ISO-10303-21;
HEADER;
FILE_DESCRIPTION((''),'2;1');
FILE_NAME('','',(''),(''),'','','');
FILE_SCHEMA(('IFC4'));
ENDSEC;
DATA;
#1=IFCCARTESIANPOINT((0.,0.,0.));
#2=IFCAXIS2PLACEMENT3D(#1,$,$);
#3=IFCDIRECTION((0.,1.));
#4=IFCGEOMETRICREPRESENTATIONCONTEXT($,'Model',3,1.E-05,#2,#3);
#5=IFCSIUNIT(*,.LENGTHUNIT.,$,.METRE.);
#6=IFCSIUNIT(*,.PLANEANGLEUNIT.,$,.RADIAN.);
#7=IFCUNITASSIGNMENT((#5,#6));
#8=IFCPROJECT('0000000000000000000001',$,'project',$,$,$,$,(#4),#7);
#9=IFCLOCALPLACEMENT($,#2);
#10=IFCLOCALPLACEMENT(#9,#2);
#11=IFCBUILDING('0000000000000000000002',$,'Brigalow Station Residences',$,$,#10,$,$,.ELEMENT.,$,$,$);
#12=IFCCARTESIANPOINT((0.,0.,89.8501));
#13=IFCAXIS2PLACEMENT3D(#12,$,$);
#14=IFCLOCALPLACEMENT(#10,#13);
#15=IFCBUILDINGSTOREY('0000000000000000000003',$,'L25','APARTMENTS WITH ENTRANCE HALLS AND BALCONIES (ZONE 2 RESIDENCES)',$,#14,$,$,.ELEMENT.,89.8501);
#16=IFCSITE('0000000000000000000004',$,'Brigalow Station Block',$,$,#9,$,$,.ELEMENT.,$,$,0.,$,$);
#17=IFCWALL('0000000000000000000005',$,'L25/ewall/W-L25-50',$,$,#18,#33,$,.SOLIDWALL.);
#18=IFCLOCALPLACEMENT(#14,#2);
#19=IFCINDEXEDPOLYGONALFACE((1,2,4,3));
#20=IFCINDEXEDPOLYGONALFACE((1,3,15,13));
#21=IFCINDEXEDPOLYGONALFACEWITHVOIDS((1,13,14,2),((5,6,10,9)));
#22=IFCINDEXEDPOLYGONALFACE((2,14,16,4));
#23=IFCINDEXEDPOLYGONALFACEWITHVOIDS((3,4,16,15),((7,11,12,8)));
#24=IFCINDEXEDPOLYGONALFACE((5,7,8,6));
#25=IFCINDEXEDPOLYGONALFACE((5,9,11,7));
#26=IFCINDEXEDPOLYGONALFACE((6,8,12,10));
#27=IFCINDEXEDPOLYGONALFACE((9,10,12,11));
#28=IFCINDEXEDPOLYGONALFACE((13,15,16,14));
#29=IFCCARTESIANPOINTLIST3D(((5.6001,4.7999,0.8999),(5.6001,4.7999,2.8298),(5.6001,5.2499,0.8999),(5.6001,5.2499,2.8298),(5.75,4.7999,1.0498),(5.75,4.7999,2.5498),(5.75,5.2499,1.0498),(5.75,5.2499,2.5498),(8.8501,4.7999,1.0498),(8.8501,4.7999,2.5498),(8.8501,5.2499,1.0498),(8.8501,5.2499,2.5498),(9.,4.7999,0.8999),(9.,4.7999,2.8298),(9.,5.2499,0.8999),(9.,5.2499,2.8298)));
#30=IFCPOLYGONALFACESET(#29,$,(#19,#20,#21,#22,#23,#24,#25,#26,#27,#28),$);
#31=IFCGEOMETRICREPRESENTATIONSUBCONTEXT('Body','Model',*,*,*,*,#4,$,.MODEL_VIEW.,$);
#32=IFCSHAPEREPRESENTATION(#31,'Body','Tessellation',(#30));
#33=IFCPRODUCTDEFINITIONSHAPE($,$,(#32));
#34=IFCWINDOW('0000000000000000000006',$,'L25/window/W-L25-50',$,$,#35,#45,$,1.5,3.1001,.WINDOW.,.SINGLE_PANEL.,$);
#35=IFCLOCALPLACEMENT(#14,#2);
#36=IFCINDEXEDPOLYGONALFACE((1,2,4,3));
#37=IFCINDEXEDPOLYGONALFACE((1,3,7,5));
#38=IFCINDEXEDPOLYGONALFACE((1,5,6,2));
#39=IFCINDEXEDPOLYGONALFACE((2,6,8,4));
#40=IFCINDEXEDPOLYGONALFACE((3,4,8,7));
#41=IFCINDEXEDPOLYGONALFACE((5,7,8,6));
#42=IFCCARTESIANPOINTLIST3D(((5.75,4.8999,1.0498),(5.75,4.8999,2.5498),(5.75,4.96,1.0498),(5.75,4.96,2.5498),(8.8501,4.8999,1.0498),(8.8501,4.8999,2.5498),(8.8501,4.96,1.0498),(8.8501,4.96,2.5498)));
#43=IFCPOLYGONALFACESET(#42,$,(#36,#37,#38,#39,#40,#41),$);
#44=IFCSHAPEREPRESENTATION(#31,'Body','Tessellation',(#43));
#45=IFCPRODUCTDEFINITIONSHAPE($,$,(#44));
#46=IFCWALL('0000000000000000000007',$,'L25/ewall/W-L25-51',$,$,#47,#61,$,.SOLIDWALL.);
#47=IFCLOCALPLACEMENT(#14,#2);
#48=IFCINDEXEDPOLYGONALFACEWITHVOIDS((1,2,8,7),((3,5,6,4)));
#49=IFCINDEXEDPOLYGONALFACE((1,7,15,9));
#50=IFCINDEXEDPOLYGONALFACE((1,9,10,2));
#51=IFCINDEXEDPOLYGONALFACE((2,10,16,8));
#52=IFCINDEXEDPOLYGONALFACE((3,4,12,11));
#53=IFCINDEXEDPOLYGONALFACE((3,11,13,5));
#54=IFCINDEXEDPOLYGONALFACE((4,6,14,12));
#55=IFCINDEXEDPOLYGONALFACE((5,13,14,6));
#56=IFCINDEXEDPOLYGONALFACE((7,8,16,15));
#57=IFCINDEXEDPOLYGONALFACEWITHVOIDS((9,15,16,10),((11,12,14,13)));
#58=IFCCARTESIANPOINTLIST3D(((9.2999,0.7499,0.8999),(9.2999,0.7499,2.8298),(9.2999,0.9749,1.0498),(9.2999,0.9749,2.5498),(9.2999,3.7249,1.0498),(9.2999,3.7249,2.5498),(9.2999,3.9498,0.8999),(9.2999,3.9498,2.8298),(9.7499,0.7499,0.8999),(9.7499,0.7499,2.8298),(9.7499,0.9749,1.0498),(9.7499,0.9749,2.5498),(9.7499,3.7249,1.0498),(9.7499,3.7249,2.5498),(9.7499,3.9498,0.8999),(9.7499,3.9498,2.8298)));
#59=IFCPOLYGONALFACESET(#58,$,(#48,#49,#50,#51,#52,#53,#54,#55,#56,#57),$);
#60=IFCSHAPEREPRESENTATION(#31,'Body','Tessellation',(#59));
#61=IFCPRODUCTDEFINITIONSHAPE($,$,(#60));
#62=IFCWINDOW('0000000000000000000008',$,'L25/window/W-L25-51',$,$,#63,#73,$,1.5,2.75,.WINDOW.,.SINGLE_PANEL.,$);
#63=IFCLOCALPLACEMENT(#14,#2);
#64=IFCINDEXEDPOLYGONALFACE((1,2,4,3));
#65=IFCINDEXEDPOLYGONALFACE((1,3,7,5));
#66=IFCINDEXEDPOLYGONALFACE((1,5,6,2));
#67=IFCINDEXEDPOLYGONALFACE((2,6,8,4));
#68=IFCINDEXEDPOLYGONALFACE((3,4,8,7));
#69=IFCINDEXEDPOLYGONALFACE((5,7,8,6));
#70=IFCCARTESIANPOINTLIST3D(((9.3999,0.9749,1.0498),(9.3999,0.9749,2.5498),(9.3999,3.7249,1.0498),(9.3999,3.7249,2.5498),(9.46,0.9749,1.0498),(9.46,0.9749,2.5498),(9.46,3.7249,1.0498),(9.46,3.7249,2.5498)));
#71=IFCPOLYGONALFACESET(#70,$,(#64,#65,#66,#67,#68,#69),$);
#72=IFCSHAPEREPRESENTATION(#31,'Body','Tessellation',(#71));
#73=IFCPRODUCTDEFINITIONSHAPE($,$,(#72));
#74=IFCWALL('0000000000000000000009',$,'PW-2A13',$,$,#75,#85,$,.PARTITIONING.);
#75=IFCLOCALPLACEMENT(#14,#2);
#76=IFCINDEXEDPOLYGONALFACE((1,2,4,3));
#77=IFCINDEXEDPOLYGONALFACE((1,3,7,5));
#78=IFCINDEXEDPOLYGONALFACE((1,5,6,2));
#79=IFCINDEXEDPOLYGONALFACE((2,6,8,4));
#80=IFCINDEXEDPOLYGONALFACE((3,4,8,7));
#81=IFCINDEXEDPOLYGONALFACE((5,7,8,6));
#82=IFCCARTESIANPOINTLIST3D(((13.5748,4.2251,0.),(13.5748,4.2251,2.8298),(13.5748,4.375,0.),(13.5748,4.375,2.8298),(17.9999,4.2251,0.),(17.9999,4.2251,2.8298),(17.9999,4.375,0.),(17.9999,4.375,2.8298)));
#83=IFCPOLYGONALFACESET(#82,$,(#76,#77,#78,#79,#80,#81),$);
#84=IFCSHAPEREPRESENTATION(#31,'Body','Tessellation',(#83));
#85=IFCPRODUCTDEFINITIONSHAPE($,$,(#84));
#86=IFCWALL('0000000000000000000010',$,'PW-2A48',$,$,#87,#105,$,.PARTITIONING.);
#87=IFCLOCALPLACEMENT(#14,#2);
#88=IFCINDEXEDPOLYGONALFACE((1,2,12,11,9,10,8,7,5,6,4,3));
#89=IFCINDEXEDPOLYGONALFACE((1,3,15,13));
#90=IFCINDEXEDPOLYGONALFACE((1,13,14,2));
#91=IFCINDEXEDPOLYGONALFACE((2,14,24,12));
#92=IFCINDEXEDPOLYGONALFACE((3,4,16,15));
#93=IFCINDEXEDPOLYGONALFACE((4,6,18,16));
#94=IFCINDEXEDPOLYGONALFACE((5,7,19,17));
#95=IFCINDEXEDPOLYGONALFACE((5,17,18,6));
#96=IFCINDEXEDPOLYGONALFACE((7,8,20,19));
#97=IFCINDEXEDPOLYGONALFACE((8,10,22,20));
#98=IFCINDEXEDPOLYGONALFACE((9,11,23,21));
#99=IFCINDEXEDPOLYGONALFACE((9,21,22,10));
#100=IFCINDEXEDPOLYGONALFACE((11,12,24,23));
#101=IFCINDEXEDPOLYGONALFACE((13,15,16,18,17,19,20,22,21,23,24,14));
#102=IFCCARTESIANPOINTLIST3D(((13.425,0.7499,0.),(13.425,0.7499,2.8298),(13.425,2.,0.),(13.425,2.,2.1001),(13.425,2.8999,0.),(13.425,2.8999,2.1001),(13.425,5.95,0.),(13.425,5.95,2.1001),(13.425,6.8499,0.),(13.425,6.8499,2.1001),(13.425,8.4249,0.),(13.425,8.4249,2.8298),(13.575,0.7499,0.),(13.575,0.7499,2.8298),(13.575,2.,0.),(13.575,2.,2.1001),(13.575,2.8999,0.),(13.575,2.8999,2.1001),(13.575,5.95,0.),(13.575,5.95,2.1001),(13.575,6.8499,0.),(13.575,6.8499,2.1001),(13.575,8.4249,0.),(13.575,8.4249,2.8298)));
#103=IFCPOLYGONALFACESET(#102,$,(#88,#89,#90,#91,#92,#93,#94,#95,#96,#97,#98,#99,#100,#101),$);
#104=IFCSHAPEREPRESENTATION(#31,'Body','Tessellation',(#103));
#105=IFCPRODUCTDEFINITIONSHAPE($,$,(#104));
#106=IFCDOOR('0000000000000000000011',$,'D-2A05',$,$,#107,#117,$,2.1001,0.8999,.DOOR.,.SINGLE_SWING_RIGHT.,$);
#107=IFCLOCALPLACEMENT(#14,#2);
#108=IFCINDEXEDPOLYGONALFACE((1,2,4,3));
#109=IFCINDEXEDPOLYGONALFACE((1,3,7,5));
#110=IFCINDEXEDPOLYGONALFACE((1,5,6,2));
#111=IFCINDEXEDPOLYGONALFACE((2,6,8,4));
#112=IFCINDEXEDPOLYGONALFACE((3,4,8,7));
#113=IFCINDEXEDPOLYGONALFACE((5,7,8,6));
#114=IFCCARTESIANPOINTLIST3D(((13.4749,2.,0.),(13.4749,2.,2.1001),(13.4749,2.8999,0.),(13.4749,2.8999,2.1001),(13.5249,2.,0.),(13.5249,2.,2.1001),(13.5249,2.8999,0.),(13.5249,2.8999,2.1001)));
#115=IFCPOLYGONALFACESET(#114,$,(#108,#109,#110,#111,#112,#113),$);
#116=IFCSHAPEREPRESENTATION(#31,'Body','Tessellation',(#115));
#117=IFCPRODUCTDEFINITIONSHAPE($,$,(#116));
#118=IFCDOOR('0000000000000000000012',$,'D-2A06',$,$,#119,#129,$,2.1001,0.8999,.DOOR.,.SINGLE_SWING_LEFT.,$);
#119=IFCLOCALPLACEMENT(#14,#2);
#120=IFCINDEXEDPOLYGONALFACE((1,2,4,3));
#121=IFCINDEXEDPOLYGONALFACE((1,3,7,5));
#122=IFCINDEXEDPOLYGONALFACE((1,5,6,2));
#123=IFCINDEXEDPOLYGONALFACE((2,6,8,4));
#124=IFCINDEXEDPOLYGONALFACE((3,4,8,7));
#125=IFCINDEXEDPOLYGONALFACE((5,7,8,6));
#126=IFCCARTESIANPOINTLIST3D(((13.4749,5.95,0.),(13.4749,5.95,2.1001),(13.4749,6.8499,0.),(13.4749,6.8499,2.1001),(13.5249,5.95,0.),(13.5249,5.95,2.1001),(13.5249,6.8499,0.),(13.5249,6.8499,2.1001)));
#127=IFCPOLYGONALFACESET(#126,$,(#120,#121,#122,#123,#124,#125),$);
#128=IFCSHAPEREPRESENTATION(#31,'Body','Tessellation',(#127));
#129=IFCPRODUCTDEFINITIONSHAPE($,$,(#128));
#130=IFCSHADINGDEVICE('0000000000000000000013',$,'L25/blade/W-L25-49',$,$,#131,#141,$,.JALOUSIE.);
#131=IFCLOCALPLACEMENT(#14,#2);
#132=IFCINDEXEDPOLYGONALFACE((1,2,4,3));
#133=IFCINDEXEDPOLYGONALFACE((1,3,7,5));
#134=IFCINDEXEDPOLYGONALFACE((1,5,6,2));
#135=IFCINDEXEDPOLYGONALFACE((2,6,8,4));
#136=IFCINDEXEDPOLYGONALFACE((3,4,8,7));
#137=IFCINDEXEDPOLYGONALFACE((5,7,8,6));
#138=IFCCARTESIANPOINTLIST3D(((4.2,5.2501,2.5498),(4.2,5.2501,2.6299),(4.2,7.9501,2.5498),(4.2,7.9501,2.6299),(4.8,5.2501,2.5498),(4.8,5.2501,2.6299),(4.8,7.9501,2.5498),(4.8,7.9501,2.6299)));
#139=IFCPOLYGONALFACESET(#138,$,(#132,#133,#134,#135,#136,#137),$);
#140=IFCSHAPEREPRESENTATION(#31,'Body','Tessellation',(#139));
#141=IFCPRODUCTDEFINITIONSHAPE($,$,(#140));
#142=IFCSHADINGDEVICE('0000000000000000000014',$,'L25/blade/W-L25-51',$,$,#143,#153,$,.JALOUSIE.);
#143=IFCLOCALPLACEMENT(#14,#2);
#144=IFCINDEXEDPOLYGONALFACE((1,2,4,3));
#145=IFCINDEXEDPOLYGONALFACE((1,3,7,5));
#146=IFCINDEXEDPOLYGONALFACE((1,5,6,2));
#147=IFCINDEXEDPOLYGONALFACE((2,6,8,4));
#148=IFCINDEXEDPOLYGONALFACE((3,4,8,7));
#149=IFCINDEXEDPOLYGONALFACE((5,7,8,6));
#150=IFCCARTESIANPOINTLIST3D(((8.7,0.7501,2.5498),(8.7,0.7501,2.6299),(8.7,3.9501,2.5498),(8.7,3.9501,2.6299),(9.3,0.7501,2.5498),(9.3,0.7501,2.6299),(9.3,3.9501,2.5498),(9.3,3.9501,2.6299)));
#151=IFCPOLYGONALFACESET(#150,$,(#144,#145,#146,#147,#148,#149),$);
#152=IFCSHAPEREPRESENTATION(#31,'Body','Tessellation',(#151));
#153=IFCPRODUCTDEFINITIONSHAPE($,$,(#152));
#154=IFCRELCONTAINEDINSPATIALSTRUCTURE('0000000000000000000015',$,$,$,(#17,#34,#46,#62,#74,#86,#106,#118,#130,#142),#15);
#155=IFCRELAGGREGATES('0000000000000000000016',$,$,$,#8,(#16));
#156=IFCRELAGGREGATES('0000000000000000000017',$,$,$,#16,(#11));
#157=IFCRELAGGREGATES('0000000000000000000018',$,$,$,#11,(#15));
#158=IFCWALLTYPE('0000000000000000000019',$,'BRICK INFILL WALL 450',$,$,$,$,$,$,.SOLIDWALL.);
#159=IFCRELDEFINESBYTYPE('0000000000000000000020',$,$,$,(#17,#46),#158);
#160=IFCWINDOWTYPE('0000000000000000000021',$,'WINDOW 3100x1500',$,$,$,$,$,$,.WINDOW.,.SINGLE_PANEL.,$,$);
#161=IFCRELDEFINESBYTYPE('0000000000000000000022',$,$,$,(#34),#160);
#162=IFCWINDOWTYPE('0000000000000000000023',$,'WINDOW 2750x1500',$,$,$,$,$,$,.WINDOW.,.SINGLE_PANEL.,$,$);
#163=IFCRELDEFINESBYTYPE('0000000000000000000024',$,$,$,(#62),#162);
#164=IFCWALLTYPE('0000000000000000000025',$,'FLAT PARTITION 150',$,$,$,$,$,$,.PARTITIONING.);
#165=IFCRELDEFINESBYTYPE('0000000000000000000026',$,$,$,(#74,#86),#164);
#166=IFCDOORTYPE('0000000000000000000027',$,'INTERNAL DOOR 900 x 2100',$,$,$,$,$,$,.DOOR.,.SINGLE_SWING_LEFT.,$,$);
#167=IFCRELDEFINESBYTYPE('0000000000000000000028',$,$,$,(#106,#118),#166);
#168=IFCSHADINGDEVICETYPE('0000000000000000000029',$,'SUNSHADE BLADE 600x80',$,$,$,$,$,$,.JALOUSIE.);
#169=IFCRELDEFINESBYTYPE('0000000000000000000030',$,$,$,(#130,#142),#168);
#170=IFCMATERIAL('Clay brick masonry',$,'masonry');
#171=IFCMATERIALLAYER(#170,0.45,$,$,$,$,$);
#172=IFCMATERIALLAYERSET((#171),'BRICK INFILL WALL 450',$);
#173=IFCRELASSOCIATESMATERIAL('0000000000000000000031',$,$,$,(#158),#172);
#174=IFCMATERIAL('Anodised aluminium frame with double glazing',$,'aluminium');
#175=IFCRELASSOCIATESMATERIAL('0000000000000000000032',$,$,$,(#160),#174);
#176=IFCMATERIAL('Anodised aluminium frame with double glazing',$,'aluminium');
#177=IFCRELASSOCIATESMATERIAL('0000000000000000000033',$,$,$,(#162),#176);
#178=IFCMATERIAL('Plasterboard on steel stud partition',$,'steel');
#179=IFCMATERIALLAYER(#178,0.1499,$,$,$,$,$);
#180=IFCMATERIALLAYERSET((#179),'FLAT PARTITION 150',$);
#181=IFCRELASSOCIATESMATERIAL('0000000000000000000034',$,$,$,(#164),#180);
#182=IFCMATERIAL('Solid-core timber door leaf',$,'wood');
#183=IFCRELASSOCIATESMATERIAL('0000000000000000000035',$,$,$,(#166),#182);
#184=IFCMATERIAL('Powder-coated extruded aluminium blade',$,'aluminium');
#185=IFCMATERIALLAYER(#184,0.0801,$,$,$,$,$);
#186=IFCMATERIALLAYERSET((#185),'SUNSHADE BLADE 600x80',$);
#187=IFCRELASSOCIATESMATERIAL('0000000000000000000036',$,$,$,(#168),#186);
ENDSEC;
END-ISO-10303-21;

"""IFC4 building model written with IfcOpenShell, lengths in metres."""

from ifc_helpers import new_model, si_unit, direction, frame, frame_2d, origin, origin_2d, place, context, subcontext, project, spatial, rectangle, extrude, material, layer, layer_set, type_object, element, fill, save


model = new_model("IFC4")

# Units and contexts
model_context = context("Model", 3, precision=1e-05, world=origin(), true_north=direction((0.0, 1.0)))
body_context = subcontext(model_context, "Body", "Model", "MODEL_VIEW")
ifc_project = project(units=[si_unit("LENGTHUNIT", "METRE"), si_unit("PLANEANGLEUNIT", "RADIAN")], contexts=[model_context])

# Site, building, storey
site_placement = place(None, origin())
site = spatial("IfcSite", under=ifc_project, at=site_placement, Name="Brigalow Station Block", CompositionType="ELEMENT", RefElevation=0.0)
building_placement = place(site_placement, origin())
building = spatial("IfcBuilding", under=site, at=building_placement, Name="Brigalow Station Residences", CompositionType="ELEMENT")
storey_placement = place(building_placement, frame((0.0, 0.0, 89.8501)))
storey = spatial("IfcBuildingStorey", under=building, at=storey_placement, Name="L25", Description="APARTMENTS WITH ENTRANCE HALLS AND BALCONIES (ZONE 2 RESIDENCES)", CompositionType="ELEMENT", Elevation=89.8501)

# Walls, openings, windows
ifc_material_1 = material(Name="Clay brick masonry", Category="masonry")
ifc_layer_1 = layer(ifc_material_1, 0.45)
ifc_layer_set_1 = layer_set([ifc_layer_1], Name="BRICK INFILL WALL 450")
wall_type_1 = type_object("IfcWallType", Name="BRICK INFILL WALL 450", PredefinedType="SOLIDWALL", material=ifc_layer_set_1)
wall_1_placement = place(storey_placement, frame((5.6001, 5.0249, 0.8999), z_axis=(0.0, 0.0, 1.0), x_axis=(1.0, 0.0, 0.0)))
wall_1 = element("IfcWall", 1, at=wall_1_placement, inside=storey, type_object=wall_type_1, Name="L25/ewall/W-L25-50", PredefinedType="SOLIDWALL", context=body_context, shape_type="SweptSolid", body=[
    extrude(rectangle(XDim=3.3999, YDim=0.45, at=frame_2d((1.7, 0.0))), origin(), (0.0, 0.0, 1.0), 1.9299),
])
opening_1_placement = place(wall_1_placement, frame((0.1499, 0.0, 0.1499)))
opening_1 = element("IfcOpeningElement", 2, at=opening_1_placement, cuts=wall_1, PredefinedType="OPENING", context=body_context, shape_type="SweptSolid", body=[
    extrude(rectangle(XDim=3.1001, YDim=1.5, at=frame_2d((1.55, 0.75))), frame((0.0, 0.2349, 0.0), z_axis=(0.0, -1.0, 0.0), x_axis=(1.0, 0.0, 0.0)), (0.0, 0.0, 1.0), 0.47),
])
ifc_material_2 = material(Name="Anodised aluminium frame with double glazing", Category="aluminium")
window_type_1 = type_object("IfcWindowType", Name="WINDOW 3100x1500", PartitioningType="SINGLE_PANEL", PredefinedType="WINDOW", material=ifc_material_2)
window_1_placement = place(opening_1_placement, origin())
window_1 = element("IfcWindow", 3, at=window_1_placement, inside=storey, type_object=window_type_1, Name="L25/window/W-L25-50", OverallHeight=1.5, OverallWidth=3.1001, PartitioningType="SINGLE_PANEL", PredefinedType="WINDOW", context=body_context, shape_type="SweptSolid", body=[
    extrude(rectangle(XDim=3.1001, YDim=1.5, at=frame_2d((1.55, 0.75))), frame((0.0, -0.0649, 0.0), z_axis=(0.0, -1.0, 0.0), x_axis=(1.0, 0.0, 0.0)), (0.0, 0.0, 1.0), 0.0601),
])
fill(opening_1, window_1)
wall_2_placement = place(storey_placement, frame((9.5249, 3.95, 0.8999), z_axis=(0.0, 0.0, 1.0), x_axis=(0.0, -1.0, 0.0)))
wall_2 = element("IfcWall", 4, at=wall_2_placement, inside=storey, type_object=wall_type_1, Name="L25/ewall/W-L25-51", PredefinedType="SOLIDWALL", context=body_context, shape_type="SweptSolid", body=[
    extrude(rectangle(XDim=3.2, YDim=0.45, at=frame_2d((1.6001, 0.0))), origin(), (0.0, 0.0, 1.0), 1.9299),
])
opening_2_placement = place(wall_2_placement, frame((0.2251, 0.0, 0.1499)))
opening_2 = element("IfcOpeningElement", 5, at=opening_2_placement, cuts=wall_2, PredefinedType="OPENING", context=body_context, shape_type="SweptSolid", body=[
    extrude(rectangle(XDim=2.75, YDim=1.5, at=frame_2d((1.375, 0.75))), frame((0.0, 0.2349, 0.0), z_axis=(0.0, -1.0, 0.0), x_axis=(1.0, 0.0, 0.0)), (0.0, 0.0, 1.0), 0.47),
])
ifc_material_3 = material(Name="Anodised aluminium frame with double glazing", Category="aluminium")
window_type_2 = type_object("IfcWindowType", Name="WINDOW 2750x1500", PartitioningType="SINGLE_PANEL", PredefinedType="WINDOW", material=ifc_material_3)
window_2_placement = place(opening_2_placement, origin())
window_2 = element("IfcWindow", 6, at=window_2_placement, inside=storey, type_object=window_type_2, Name="L25/window/W-L25-51", OverallHeight=1.5, OverallWidth=2.75, PartitioningType="SINGLE_PANEL", PredefinedType="WINDOW", context=body_context, shape_type="SweptSolid", body=[
    extrude(rectangle(XDim=2.75, YDim=1.5, at=frame_2d((1.375, 0.75))), frame((0.0, -0.0649, 0.0), z_axis=(0.0, -1.0, 0.0), x_axis=(1.0, 0.0, 0.0)), (0.0, 0.0, 1.0), 0.0601),
])
fill(opening_2, window_2)

# Wall
ifc_material_4 = material(Name="Plasterboard on steel stud partition", Category="steel")
ifc_layer_2 = layer(ifc_material_4, 0.1499)
ifc_layer_set_2 = layer_set([ifc_layer_2], Name="FLAT PARTITION 150")
wall_type_2 = type_object("IfcWallType", Name="FLAT PARTITION 150", PredefinedType="PARTITIONING", material=ifc_layer_set_2)
wall_3_placement = place(storey_placement, frame((13.575, 4.3, 0.0), z_axis=(0.0, 0.0, 1.0), x_axis=(1.0, 0.0, 0.0)))
element("IfcWall", 7, at=wall_3_placement, inside=storey, type_object=wall_type_2, Name="PW-2A13", PredefinedType="PARTITIONING", context=body_context, shape_type="SweptSolid", body=[
    extrude(rectangle(XDim=4.425, YDim=0.1499, at=frame_2d((2.2124, 0.0))), origin(), (0.0, 0.0, 1.0), 2.8298),
])

# Wall, openings, doors
wall_4_placement = place(storey_placement, frame((13.5, 0.75, 0.0), z_axis=(0.0, 0.0, 1.0), x_axis=(0.0, 1.0, 0.0)))
wall_4 = element("IfcWall", 8, at=wall_4_placement, inside=storey, type_object=wall_type_2, Name="PW-2A48", PredefinedType="PARTITIONING", context=body_context, shape_type="SweptSolid", body=[
    extrude(rectangle(XDim=7.675, YDim=0.1499, at=frame_2d((3.8374, 0.0))), origin(), (0.0, 0.0, 1.0), 2.8298),
])
opening_3_placement = place(wall_4_placement, frame((1.25, 0.0, 0.0)))
opening_3 = element("IfcOpeningElement", 9, at=opening_3_placement, cuts=wall_4, PredefinedType="OPENING", context=body_context, shape_type="SweptSolid", body=[
    extrude(rectangle(XDim=0.8999, YDim=2.1001, at=frame_2d((0.45, 1.05))), frame((0.0, 0.085, 0.0), z_axis=(0.0, -1.0, 0.0), x_axis=(1.0, 0.0, 0.0)), (0.0, 0.0, 1.0), 0.1699),
])
opening_4_placement = place(wall_4_placement, frame((5.2, 0.0, 0.0)))
opening_4 = element("IfcOpeningElement", 10, at=opening_4_placement, cuts=wall_4, PredefinedType="OPENING", context=body_context, shape_type="SweptSolid", body=[
    extrude(rectangle(XDim=0.8999, YDim=2.1001, at=frame_2d((0.45, 1.05))), frame((0.0, 0.085, 0.0), z_axis=(0.0, -1.0, 0.0), x_axis=(1.0, 0.0, 0.0)), (0.0, 0.0, 1.0), 0.1699),
])
ifc_material_5 = material(Name="Solid-core timber door leaf", Category="wood")
door_type = type_object("IfcDoorType", Name="INTERNAL DOOR 900 x 2100", OperationType="SINGLE_SWING_LEFT", PredefinedType="DOOR", material=ifc_material_5)
door_1_placement = place(opening_3_placement, frame((0.8999, 0.0, 0.0), z_axis=(0.0, 0.0, 1.0), x_axis=(-1.0, 0.0, 0.0)))
door_1 = element("IfcDoor", 11, at=door_1_placement, inside=storey, type_object=door_type, Name="D-2A05", OperationType="SINGLE_SWING_RIGHT", OverallHeight=2.1001, OverallWidth=0.8999, PredefinedType="DOOR", context=body_context, shape_type="SweptSolid", body=[
    extrude(rectangle(XDim=0.8999, YDim=2.1001, at=frame_2d((0.45, 1.05))), frame((0.0, 0.0249, 0.0), z_axis=(0.0, -1.0, 0.0), x_axis=(1.0, 0.0, 0.0)), (0.0, 0.0, 1.0), 0.05),
])
fill(opening_3, door_1)
door_2_placement = place(opening_4_placement, frame((0.8999, 0.0, 0.0), z_axis=(0.0, 0.0, 1.0), x_axis=(-1.0, 0.0, 0.0)))
door_2 = element("IfcDoor", 12, at=door_2_placement, inside=storey, type_object=door_type, Name="D-2A06", OperationType="SINGLE_SWING_LEFT", OverallHeight=2.1001, OverallWidth=0.8999, PredefinedType="DOOR", context=body_context, shape_type="SweptSolid", body=[
    extrude(rectangle(XDim=0.8999, YDim=2.1001, at=frame_2d((0.45, 1.05))), frame((0.0, 0.0249, 0.0), z_axis=(0.0, -1.0, 0.0), x_axis=(1.0, 0.0, 0.0)), (0.0, 0.0, 1.0), 0.05),
])
fill(opening_4, door_2)

# Shading devices
ifc_material_6 = material(Name="Powder-coated extruded aluminium blade", Category="aluminium")
ifc_layer_3 = layer(ifc_material_6, 0.0801)
ifc_layer_set_3 = layer_set([ifc_layer_3], Name="SUNSHADE BLADE 600x80")
shading_device_type = type_object("IfcShadingDeviceType", Name="SUNSHADE BLADE 600x80", PredefinedType="JALOUSIE", material=ifc_layer_set_3)
shading_device_1_placement = place(storey_placement, frame((4.5, 6.6001, 2.5498), z_axis=(0.0, 0.0, 1.0), x_axis=(0.0, -1.0, 0.0)))
element("IfcShadingDevice", 13, at=shading_device_1_placement, inside=storey, type_object=shading_device_type, Name="L25/blade/W-L25-49", PredefinedType="JALOUSIE", context=body_context, shape_type="SweptSolid", body=[
    extrude(rectangle(XDim=2.7, YDim=0.6001, at=origin_2d()), origin(), (0.0, 0.0, 1.0), 0.0801),
])
shading_device_2_placement = place(storey_placement, frame((9.0, 2.3501, 2.5498), z_axis=(0.0, 0.0, 1.0), x_axis=(0.0, -1.0, 0.0)))
element("IfcShadingDevice", 14, at=shading_device_2_placement, inside=storey, type_object=shading_device_type, Name="L25/blade/W-L25-51", PredefinedType="JALOUSIE", context=body_context, shape_type="SweptSolid", body=[
    extrude(rectangle(XDim=3.2, YDim=0.6001, at=origin_2d()), origin(), (0.0, 0.0, 1.0), 0.0801),
])

save(model, "model.ifc")
